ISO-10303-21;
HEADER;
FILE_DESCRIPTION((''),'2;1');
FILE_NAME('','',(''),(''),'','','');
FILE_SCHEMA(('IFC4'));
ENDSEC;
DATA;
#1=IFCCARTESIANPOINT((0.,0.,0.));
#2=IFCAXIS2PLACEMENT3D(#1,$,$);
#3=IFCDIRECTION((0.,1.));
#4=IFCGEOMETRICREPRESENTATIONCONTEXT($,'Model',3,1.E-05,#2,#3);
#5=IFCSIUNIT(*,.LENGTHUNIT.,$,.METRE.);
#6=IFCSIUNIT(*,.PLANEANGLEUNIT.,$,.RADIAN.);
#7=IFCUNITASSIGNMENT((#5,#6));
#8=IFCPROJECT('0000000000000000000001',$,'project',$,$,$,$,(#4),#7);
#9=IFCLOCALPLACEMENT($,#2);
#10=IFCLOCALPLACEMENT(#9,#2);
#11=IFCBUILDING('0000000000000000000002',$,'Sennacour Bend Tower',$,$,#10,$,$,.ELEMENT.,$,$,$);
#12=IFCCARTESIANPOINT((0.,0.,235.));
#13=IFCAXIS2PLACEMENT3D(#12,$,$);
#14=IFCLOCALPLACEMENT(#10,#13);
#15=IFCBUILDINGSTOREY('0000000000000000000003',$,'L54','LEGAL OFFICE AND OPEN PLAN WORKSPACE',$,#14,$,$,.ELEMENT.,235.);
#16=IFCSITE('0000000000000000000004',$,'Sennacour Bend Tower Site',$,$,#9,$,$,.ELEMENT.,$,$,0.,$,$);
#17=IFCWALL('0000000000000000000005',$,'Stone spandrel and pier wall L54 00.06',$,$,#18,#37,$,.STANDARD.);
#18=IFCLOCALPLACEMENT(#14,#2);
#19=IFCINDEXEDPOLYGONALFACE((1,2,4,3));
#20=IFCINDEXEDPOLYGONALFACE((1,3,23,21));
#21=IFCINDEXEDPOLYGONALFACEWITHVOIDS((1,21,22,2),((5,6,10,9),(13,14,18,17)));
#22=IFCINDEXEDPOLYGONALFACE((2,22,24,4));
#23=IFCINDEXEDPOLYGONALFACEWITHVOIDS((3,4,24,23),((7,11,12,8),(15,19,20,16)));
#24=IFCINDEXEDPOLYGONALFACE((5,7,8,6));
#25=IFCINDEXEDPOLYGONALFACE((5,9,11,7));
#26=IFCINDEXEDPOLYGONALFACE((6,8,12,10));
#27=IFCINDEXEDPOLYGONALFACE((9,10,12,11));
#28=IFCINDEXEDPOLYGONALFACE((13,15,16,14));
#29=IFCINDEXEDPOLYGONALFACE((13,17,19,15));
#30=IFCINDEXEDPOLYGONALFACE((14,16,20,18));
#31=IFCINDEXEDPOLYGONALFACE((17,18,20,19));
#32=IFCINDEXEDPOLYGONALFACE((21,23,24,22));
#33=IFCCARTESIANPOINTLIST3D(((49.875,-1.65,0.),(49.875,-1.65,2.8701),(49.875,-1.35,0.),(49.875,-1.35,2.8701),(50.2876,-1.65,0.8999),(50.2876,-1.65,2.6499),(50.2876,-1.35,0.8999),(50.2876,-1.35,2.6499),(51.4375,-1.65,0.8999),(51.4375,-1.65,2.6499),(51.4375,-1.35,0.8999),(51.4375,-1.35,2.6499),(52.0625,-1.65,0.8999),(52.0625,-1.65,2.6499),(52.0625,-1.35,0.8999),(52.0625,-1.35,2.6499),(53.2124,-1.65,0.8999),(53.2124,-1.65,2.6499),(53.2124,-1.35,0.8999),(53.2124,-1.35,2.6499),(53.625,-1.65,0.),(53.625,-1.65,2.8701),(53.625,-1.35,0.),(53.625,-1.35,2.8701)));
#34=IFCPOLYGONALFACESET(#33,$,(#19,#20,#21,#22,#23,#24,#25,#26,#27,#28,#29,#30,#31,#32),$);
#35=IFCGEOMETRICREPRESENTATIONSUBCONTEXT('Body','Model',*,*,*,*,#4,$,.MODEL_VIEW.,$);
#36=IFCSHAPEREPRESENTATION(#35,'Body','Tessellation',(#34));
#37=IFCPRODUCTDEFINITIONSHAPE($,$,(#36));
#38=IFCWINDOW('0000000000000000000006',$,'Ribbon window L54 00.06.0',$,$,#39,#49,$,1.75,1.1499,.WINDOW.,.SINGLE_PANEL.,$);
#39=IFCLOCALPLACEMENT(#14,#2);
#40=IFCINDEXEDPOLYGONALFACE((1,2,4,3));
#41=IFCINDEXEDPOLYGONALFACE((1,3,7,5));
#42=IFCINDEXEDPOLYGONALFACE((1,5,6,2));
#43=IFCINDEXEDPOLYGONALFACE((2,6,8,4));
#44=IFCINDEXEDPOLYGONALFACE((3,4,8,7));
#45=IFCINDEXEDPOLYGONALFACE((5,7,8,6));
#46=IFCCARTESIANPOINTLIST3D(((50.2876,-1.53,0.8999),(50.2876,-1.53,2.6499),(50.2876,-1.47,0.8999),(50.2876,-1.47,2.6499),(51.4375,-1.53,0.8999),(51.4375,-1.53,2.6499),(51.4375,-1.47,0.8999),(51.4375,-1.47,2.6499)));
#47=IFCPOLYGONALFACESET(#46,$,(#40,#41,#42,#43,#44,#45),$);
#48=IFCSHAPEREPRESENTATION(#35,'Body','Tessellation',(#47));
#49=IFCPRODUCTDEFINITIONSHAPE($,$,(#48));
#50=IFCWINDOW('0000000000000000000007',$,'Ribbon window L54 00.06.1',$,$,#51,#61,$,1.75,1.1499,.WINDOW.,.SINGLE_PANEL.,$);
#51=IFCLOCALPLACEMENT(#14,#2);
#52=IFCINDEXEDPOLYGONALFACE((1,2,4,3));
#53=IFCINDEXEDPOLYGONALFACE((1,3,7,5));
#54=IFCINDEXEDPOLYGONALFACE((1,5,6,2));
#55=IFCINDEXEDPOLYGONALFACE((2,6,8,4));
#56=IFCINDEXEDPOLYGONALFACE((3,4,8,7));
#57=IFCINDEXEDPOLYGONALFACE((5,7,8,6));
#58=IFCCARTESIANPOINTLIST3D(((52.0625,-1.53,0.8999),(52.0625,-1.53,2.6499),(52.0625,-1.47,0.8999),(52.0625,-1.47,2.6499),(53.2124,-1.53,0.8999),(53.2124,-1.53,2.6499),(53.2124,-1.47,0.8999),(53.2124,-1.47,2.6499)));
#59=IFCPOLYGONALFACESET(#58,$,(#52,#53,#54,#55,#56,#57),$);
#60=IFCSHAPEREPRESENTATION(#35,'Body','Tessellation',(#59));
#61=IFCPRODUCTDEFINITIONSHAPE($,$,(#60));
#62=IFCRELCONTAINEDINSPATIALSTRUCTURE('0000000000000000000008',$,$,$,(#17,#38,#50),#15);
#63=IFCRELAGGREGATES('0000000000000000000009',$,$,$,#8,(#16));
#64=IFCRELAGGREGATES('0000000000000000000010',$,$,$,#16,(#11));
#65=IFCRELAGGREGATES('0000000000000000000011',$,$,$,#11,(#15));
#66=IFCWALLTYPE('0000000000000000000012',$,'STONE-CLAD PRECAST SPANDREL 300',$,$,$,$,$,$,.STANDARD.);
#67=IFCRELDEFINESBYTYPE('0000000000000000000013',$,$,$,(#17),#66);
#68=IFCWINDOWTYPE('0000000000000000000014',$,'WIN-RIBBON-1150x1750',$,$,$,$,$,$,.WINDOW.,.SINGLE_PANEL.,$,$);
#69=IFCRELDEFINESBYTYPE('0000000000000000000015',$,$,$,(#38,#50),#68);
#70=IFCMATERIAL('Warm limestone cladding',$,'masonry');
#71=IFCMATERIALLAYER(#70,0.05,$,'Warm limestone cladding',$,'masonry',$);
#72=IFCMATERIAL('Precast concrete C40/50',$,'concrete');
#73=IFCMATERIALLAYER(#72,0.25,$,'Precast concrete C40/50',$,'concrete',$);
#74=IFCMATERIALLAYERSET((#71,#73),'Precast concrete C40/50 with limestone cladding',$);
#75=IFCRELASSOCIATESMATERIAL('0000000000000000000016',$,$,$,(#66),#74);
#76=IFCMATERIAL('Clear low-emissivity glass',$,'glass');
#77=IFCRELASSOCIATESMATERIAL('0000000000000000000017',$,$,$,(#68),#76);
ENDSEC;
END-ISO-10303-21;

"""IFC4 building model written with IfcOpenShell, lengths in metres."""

from ifc_helpers import new_model, si_unit, direction, frame, frame_2d, origin, place, context, subcontext, project, spatial, rectangle, extrude, material, layer, layer_set, type_object, element, fill, save


model = new_model("IFC4")

# Units and contexts
model_context = context("Model", 3, precision=1e-05, world=origin(), true_north=direction((0.0, 1.0)))
body_context = subcontext(model_context, "Body", "Model", "MODEL_VIEW")
ifc_project = project(units=[si_unit("LENGTHUNIT", "METRE"), si_unit("PLANEANGLEUNIT", "RADIAN")], contexts=[model_context])

# Site, building, storey
site_placement = place(None, origin())
site = spatial("IfcSite", under=ifc_project, at=site_placement, Name="Sennacour Bend Tower Site", CompositionType="ELEMENT", RefElevation=0.0)
building_placement = place(site_placement, origin())
building = spatial("IfcBuilding", under=site, at=building_placement, Name="Sennacour Bend Tower", CompositionType="ELEMENT")
storey_placement = place(building_placement, frame((0.0, 0.0, 235.0)))
storey = spatial("IfcBuildingStorey", under=building, at=storey_placement, Name="L54", Description="LEGAL OFFICE AND OPEN PLAN WORKSPACE", CompositionType="ELEMENT", Elevation=235.0)

# Wall, openings, windows
ifc_material_1 = material(Name="Warm limestone cladding", Category="masonry")
ifc_layer_1 = layer(ifc_material_1, 0.05, Name="Warm limestone cladding", Category="masonry")
ifc_material_2 = material(Name="Precast concrete C40/50", Category="concrete")
ifc_layer_2 = layer(ifc_material_2, 0.25, Name="Precast concrete C40/50", Category="concrete")
ifc_layer_set_1 = layer_set([ifc_layer_1, ifc_layer_2], Name="Precast concrete C40/50 with limestone cladding")
wall_type_1 = type_object("IfcWallType", Name="STONE-CLAD PRECAST SPANDREL 300", PredefinedType="STANDARD", material=ifc_layer_set_1)
ifc_material_3 = material(Name="Clear low-emissivity glass", Category="glass")
window_type = type_object("IfcWindowType", Name="WIN-RIBBON-1150x1750", PartitioningType="SINGLE_PANEL", PredefinedType="WINDOW", material=ifc_material_3)
wall_1_placement = place(storey_placement, frame((49.875, -1.5, 0.0), z_axis=(0.0, 0.0, 1.0), x_axis=(1.0, 0.0, 0.0)))
wall_1 = element("IfcWall", 1, at=wall_1_placement, inside=storey, type_object=wall_type_1, Name="Stone spandrel and pier wall L54 00.06", PredefinedType="STANDARD", context=body_context, shape_type="SweptSolid", body=[
    extrude(rectangle(XDim=3.75, YDim=0.3, at=frame_2d((1.875, 0.0))), origin(), (0.0, 0.0, 1.0), 2.8701),
])
opening_1_placement = place(wall_1_placement, frame((0.4126, 0.0, 0.8999)))
opening_1 = element("IfcOpeningElement", 2, at=opening_1_placement, cuts=wall_1, PredefinedType="OPENING", context=body_context, shape_type="SweptSolid", body=[
    extrude(rectangle(XDim=1.1499, YDim=1.75, at=frame_2d((0.575, 0.875))), frame((0.0, 0.1602, 0.0), z_axis=(0.0, -1.0, 0.0), x_axis=(1.0, 0.0, 0.0)), (0.0, 0.0, 1.0), 0.3201),
])
opening_2_placement = place(wall_1_placement, frame((2.1875, 0.0, 0.8999)))
opening_2 = element("IfcOpeningElement", 3, at=opening_2_placement, cuts=wall_1, PredefinedType="OPENING", context=body_context, shape_type="SweptSolid", body=[
    extrude(rectangle(XDim=1.1499, YDim=1.75, at=frame_2d((0.575, 0.875))), frame((0.0, 0.1602, 0.0), z_axis=(0.0, -1.0, 0.0), x_axis=(1.0, 0.0, 0.0)), (0.0, 0.0, 1.0), 0.3201),
])
window_1_placement = place(opening_1_placement, origin())
window_1 = element("IfcWindow", 4, at=window_1_placement, inside=storey, type_object=window_type, Name="Ribbon window L54 00.06.0", OverallHeight=1.75, OverallWidth=1.1499, PartitioningType="SINGLE_PANEL", PredefinedType="WINDOW", context=body_context, shape_type="SweptSolid", body=[
    extrude(rectangle(XDim=1.1499, YDim=1.75, at=frame_2d((0.575, 0.875))), frame((0.0, 0.03, 0.0), z_axis=(0.0, -1.0, 0.0), x_axis=(1.0, 0.0, 0.0)), (0.0, 0.0, 1.0), 0.0601),
])
fill(opening_1, window_1)
window_2_placement = place(opening_2_placement, origin())
window_2 = element("IfcWindow", 5, at=window_2_placement, inside=storey, type_object=window_type, Name="Ribbon window L54 00.06.1", OverallHeight=1.75, OverallWidth=1.1499, PartitioningType="SINGLE_PANEL", PredefinedType="WINDOW", context=body_context, shape_type="SweptSolid", body=[
    extrude(rectangle(XDim=1.1499, YDim=1.75, at=frame_2d((0.575, 0.875))), frame((0.0, 0.03, 0.0), z_axis=(0.0, -1.0, 0.0), x_axis=(1.0, 0.0, 0.0)), (0.0, 0.0, 1.0), 0.0601),
])
fill(opening_2, window_2)

save(model, "model.ifc")
